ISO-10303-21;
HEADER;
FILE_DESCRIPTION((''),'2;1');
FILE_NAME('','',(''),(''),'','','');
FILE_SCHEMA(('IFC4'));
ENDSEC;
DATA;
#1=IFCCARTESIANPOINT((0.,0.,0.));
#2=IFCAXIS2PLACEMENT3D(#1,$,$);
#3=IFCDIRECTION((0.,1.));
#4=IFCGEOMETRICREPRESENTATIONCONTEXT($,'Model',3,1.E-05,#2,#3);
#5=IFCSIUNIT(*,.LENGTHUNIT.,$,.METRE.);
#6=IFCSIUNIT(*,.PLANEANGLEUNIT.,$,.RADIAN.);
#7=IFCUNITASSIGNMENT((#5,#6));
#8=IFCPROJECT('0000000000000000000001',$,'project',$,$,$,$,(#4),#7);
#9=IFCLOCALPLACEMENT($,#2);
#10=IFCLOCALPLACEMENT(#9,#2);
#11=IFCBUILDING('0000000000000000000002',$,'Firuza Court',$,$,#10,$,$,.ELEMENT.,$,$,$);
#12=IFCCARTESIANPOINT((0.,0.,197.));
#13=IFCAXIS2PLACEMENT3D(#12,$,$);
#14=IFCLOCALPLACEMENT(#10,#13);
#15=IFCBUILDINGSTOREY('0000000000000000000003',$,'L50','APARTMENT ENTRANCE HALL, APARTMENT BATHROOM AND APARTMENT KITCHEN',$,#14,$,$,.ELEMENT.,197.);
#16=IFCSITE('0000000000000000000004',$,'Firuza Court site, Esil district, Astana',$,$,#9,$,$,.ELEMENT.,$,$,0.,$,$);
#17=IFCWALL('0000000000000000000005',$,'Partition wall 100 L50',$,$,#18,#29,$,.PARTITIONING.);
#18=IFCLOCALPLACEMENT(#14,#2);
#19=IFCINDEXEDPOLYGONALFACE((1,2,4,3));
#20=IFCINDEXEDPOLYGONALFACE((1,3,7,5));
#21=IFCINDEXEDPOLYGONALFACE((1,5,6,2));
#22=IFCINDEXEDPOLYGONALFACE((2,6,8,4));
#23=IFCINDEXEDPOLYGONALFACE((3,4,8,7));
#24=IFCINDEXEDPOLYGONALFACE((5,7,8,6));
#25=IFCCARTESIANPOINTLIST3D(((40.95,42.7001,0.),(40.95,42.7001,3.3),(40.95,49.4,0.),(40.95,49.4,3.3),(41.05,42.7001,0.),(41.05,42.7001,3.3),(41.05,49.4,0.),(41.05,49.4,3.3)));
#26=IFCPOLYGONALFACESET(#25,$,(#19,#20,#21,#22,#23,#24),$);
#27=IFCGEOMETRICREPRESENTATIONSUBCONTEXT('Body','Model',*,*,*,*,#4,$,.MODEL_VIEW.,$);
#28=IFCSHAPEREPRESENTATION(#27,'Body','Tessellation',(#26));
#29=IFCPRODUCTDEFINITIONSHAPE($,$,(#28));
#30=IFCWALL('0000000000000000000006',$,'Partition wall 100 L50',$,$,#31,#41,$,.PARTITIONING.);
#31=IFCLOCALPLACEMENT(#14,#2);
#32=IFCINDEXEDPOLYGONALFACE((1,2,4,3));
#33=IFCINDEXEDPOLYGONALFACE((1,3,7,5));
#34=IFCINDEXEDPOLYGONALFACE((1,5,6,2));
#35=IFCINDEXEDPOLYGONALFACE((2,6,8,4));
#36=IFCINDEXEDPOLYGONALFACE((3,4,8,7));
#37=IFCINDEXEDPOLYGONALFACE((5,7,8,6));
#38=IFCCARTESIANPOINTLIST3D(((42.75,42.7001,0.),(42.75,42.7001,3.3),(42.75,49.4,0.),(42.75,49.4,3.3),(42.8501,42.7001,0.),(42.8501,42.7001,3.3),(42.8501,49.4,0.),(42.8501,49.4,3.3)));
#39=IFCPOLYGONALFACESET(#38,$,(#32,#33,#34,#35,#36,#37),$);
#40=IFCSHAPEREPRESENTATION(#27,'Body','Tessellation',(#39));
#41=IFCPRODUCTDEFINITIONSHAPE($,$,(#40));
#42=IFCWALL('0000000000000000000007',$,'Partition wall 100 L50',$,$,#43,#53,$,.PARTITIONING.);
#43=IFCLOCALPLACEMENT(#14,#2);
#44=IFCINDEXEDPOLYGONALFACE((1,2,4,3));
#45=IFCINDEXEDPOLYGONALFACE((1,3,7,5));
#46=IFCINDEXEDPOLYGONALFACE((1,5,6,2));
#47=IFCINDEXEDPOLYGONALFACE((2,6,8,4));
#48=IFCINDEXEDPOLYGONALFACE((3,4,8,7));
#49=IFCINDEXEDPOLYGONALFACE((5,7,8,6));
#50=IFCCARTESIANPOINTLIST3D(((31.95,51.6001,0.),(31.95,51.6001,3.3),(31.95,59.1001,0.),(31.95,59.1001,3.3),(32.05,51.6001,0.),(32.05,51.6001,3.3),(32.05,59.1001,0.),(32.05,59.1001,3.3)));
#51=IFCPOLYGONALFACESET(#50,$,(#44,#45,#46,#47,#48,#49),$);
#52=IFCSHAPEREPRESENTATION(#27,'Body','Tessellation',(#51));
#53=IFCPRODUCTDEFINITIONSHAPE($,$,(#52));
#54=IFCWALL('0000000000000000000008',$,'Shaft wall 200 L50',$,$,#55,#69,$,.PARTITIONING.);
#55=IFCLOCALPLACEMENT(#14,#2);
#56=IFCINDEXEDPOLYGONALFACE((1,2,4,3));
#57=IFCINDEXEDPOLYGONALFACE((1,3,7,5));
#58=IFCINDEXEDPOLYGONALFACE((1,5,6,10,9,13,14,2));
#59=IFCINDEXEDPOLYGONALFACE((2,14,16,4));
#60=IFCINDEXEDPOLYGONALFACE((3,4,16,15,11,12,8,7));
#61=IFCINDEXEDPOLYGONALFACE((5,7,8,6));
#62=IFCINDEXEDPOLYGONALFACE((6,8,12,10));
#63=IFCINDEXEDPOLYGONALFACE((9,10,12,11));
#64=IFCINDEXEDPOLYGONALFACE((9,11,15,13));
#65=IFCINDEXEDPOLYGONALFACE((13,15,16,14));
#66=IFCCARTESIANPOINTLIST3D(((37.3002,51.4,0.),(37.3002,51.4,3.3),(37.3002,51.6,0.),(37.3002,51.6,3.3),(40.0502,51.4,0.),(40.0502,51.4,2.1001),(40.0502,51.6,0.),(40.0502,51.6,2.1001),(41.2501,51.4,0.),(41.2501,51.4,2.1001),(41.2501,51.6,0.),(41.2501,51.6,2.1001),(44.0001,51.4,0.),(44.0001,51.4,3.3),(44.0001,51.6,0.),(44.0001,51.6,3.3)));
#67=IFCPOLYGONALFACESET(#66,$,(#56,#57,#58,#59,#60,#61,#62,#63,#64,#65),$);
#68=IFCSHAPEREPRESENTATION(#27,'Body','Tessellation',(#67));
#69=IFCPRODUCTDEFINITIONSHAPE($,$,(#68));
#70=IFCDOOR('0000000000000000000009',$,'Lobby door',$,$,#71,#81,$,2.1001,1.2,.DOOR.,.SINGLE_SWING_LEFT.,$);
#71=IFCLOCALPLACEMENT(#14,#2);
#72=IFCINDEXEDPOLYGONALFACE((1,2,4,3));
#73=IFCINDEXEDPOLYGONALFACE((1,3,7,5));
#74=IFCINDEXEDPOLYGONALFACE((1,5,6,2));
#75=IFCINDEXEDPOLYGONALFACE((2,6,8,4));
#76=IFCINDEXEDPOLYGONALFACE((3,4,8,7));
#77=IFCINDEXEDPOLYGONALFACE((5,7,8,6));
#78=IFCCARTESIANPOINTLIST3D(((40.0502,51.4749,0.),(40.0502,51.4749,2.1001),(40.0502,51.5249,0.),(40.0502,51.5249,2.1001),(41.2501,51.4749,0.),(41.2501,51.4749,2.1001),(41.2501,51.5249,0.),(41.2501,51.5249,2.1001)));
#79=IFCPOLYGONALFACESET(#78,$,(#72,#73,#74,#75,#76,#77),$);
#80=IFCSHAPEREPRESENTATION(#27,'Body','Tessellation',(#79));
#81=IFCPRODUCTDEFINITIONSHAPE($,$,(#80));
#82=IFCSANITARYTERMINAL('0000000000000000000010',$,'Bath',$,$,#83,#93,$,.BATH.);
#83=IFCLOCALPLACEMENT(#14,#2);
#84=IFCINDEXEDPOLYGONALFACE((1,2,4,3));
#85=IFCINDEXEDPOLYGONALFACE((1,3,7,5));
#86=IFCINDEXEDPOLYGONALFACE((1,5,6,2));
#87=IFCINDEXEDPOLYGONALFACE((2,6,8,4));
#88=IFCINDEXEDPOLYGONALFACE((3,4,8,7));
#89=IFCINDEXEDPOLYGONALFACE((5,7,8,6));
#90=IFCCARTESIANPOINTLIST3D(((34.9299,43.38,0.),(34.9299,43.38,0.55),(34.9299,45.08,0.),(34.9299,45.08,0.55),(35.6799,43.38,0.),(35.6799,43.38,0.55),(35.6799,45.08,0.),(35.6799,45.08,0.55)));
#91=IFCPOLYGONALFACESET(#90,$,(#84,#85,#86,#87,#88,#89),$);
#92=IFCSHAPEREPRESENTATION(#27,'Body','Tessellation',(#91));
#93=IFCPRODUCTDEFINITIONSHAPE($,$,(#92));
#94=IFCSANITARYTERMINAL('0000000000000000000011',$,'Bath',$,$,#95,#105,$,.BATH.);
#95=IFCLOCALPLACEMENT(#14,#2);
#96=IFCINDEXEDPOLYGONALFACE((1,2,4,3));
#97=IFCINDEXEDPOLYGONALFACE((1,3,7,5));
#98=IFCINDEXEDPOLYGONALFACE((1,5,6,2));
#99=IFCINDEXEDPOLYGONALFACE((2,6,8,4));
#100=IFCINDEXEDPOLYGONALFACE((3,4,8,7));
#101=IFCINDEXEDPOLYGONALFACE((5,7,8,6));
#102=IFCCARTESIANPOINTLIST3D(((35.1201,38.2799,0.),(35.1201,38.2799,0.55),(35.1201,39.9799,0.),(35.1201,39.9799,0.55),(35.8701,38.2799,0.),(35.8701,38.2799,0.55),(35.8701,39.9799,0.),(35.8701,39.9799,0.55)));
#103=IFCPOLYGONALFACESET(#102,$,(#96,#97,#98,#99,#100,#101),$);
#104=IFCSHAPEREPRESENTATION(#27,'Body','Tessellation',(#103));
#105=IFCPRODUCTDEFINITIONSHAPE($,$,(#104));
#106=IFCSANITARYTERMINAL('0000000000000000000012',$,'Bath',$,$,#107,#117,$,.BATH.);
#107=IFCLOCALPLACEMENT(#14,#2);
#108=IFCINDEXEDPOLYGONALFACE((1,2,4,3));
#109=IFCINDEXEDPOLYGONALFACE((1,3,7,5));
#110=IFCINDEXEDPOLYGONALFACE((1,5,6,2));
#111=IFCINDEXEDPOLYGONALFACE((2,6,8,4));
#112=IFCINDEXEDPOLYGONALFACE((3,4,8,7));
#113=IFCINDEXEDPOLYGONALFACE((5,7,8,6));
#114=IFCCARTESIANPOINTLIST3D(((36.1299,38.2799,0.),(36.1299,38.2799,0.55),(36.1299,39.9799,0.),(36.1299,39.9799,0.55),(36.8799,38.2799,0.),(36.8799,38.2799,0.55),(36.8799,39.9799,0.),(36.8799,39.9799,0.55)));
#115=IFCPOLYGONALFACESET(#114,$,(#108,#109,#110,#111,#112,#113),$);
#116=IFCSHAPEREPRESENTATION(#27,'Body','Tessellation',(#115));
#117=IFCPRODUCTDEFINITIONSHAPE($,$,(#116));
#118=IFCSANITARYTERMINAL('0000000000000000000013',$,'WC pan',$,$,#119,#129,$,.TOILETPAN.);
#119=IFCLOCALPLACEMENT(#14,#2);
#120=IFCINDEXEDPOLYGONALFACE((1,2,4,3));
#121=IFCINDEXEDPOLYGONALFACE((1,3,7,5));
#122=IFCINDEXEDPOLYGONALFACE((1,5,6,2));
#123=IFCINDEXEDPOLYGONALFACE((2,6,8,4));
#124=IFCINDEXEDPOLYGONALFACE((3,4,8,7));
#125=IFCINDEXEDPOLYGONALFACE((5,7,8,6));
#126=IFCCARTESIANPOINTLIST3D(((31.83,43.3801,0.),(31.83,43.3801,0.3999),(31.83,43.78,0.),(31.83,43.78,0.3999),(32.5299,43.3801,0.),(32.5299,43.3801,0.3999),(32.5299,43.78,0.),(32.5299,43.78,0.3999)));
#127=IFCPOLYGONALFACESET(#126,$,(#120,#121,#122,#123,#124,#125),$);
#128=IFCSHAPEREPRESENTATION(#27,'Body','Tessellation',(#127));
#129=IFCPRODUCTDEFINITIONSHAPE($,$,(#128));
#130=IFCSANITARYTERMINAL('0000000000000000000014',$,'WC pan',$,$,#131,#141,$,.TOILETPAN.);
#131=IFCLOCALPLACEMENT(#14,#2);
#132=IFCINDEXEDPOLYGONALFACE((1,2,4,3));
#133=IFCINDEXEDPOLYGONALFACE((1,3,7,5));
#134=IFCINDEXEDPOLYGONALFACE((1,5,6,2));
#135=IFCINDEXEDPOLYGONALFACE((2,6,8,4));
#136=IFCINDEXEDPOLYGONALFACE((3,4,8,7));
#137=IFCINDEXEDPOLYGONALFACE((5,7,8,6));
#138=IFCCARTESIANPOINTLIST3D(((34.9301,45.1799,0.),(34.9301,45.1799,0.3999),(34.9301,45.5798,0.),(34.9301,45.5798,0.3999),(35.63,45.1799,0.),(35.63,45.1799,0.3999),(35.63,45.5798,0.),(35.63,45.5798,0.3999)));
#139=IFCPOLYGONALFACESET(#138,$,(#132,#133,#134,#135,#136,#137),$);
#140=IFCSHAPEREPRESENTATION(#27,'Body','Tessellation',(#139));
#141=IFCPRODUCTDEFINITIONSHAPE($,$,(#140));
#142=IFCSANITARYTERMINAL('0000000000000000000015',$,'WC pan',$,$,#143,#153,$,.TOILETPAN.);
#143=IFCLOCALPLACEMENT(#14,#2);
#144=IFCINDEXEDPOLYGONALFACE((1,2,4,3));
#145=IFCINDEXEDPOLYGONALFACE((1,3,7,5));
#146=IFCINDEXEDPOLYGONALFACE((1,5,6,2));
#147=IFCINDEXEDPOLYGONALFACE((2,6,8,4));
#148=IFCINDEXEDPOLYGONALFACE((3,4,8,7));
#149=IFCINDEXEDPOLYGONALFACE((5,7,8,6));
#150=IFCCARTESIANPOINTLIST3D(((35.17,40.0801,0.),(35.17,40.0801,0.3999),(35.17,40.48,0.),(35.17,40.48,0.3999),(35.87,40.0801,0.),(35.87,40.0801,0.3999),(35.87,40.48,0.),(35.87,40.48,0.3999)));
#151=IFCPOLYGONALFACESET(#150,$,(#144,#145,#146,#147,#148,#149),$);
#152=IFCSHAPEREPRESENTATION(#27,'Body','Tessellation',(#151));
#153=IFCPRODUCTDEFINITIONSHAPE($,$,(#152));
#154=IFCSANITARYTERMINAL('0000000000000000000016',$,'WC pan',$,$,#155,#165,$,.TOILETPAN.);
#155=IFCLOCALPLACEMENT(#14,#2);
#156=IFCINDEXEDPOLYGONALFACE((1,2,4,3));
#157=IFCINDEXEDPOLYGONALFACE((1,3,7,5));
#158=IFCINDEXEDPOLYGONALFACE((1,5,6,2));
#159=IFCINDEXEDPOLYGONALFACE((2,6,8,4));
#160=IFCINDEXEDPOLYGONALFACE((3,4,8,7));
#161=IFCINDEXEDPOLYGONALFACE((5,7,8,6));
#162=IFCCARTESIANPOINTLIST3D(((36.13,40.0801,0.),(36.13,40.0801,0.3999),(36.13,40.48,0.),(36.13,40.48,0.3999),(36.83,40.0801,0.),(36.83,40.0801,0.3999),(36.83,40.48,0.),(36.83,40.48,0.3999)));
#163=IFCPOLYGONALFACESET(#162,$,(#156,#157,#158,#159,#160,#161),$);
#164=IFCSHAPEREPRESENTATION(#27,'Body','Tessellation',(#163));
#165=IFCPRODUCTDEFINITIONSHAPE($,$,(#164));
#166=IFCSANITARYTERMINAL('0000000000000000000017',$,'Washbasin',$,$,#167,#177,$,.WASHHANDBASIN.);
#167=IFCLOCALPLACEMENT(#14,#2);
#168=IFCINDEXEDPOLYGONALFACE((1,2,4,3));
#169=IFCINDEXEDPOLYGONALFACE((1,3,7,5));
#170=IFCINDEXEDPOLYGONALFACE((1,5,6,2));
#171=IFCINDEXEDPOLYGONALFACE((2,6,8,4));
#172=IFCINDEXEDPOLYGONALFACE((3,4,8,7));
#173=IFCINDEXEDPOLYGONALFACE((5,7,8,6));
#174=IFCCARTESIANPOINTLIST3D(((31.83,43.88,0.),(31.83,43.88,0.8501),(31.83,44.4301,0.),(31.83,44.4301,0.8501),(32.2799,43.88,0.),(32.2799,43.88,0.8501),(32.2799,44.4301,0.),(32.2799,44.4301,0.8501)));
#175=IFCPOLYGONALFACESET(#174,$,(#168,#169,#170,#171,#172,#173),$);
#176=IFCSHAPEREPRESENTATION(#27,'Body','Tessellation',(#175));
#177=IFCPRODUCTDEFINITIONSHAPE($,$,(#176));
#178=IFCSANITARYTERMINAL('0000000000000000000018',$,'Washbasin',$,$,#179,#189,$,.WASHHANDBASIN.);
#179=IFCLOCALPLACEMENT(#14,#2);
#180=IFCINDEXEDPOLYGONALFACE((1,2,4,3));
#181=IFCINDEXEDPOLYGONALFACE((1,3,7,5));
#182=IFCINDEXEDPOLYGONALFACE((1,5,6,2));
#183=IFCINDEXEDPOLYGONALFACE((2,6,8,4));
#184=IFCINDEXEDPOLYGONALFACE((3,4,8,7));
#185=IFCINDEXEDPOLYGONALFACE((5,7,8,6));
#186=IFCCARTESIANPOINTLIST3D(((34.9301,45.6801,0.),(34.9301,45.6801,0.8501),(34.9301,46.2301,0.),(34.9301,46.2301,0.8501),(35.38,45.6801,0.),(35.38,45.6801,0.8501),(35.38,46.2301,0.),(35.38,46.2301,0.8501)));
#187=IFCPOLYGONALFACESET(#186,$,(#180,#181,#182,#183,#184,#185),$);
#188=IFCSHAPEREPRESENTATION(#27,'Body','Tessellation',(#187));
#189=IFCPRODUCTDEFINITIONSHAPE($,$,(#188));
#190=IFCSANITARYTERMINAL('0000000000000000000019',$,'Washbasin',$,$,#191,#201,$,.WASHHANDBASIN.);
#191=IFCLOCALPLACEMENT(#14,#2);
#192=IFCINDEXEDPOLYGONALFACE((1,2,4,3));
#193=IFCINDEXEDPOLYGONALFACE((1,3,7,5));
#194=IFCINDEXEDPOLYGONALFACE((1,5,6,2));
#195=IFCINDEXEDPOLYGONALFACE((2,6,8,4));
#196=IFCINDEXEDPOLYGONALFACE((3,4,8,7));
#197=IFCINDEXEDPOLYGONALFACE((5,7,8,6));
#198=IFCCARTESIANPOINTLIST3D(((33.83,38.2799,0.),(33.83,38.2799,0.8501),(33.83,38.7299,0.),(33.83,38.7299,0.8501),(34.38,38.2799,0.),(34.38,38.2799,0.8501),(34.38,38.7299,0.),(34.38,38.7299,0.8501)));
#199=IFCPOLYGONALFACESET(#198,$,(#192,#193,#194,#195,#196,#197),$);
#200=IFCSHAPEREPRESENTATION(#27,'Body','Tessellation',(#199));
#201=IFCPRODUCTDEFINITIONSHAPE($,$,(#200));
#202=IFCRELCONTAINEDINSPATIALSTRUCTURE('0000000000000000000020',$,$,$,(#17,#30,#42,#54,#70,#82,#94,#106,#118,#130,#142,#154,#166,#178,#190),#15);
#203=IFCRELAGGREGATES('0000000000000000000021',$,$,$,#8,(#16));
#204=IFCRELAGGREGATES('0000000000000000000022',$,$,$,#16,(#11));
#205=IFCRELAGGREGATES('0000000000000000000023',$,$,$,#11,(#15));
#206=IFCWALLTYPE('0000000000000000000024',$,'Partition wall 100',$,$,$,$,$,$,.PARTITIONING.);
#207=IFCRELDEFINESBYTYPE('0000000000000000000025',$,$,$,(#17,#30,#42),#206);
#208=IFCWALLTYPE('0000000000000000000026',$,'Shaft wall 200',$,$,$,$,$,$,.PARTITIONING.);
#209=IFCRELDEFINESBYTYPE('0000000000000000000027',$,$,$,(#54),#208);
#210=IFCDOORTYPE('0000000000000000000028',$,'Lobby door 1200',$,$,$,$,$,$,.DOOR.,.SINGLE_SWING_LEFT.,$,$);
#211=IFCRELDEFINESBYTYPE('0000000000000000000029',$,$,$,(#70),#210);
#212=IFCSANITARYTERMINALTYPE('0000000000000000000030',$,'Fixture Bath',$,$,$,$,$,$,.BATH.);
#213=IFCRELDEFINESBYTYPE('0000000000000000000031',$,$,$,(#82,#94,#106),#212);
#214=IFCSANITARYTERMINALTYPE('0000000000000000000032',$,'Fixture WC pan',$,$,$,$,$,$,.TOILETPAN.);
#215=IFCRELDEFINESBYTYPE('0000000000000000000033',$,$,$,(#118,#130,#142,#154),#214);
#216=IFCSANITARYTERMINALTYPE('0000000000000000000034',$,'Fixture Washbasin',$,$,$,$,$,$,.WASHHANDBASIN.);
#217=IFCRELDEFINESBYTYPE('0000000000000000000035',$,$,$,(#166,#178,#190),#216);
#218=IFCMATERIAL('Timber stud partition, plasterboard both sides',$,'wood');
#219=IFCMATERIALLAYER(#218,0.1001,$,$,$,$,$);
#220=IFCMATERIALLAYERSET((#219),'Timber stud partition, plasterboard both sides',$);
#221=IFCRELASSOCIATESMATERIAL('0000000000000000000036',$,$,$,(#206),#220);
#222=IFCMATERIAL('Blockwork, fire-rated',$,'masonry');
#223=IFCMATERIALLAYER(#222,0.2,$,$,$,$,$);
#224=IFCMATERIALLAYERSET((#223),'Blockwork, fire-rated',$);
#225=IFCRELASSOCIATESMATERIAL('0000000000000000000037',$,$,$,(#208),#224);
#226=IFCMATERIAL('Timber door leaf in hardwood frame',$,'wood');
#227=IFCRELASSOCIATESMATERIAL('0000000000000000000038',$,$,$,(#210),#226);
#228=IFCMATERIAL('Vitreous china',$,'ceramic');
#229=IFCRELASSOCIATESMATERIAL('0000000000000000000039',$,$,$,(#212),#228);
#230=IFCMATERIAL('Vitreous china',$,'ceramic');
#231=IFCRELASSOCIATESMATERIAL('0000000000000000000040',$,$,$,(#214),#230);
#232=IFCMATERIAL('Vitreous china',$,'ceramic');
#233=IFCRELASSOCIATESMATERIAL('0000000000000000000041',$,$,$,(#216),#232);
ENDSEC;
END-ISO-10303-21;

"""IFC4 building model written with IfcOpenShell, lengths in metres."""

from ifc_helpers import new_model, si_unit, direction, frame, frame_2d, origin, origin_2d, place, context, subcontext, project, spatial, rectangle, extrude, material, layer, layer_set, type_object, element, fill, save


model = new_model("IFC4")

# Units and contexts
model_context = context("Model", 3, precision=1e-05, world=origin(), true_north=direction((0.0, 1.0)))
body_context = subcontext(model_context, "Body", "Model", "MODEL_VIEW")
ifc_project = project(units=[si_unit("LENGTHUNIT", "METRE"), si_unit("PLANEANGLEUNIT", "RADIAN")], contexts=[model_context])

# Site, building, storey
site_placement = place(None, origin())
site = spatial("IfcSite", under=ifc_project, at=site_placement, Name="Firuza Court site, Esil district, Astana", CompositionType="ELEMENT", RefElevation=0.0)
building_placement = place(site_placement, origin())
building = spatial("IfcBuilding", under=site, at=building_placement, Name="Firuza Court", CompositionType="ELEMENT")
storey_placement = place(building_placement, frame((0.0, 0.0, 197.0)))
storey = spatial("IfcBuildingStorey", under=building, at=storey_placement, Name="L50", Description="APARTMENT ENTRANCE HALL, APARTMENT BATHROOM AND APARTMENT KITCHEN", CompositionType="ELEMENT", Elevation=197.0)

# Walls
ifc_material_1 = material(Name="Timber stud partition, plasterboard both sides", Category="wood")
ifc_layer_1 = layer(ifc_material_1, 0.1001)
ifc_layer_set_1 = layer_set([ifc_layer_1], Name="Timber stud partition, plasterboard both sides")
wall_type_1 = type_object("IfcWallType", Name="Partition wall 100", PredefinedType="PARTITIONING", material=ifc_layer_set_1)
for number, where, z_axis, x_axis, name in (
    (1, (41.0, 42.7, 0.0), (0.0, 0.0, 1.0), (0.0, 1.0, 0.0), "Partition wall 100 L50"),
    (2, (42.8, 42.7, 0.0), (0.0, 0.0, 1.0), (0.0, 1.0, 0.0), "Partition wall 100 L50"),
):
    element("IfcWall", number, at=place(storey_placement, frame(where, z_axis=z_axis, x_axis=x_axis)), inside=storey, type_object=wall_type_1, Name=name, PredefinedType="PARTITIONING", context=body_context, shape_type="SweptSolid", body=[
        extrude(rectangle(XDim=6.7, YDim=0.1001, at=frame_2d((3.3501, 0.0))), origin(), (0.0, 0.0, 1.0), 3.3),
    ])
wall_1_placement = place(storey_placement, frame((32.0, 51.6001, 0.0), z_axis=(0.0, 0.0, 1.0), x_axis=(0.0, 1.0, 0.0)))
element("IfcWall", 3, at=wall_1_placement, inside=storey, type_object=wall_type_1, Name="Partition wall 100 L50", PredefinedType="PARTITIONING", context=body_context, shape_type="SweptSolid", body=[
    extrude(rectangle(XDim=7.5, YDim=0.1001, at=frame_2d((3.75, 0.0))), origin(), (0.0, 0.0, 1.0), 3.3),
])

# Wall, opening, door
ifc_material_2 = material(Name="Blockwork, fire-rated", Category="masonry")
ifc_layer_2 = layer(ifc_material_2, 0.2)
ifc_layer_set_2 = layer_set([ifc_layer_2], Name="Blockwork, fire-rated")
wall_type_2 = type_object("IfcWallType", Name="Shaft wall 200", PredefinedType="PARTITIONING", material=ifc_layer_set_2)
wall_2_placement = place(storey_placement, frame((37.3, 51.5, 0.0), z_axis=(0.0, 0.0, 1.0), x_axis=(1.0, 0.0, 0.0)))
wall_2 = element("IfcWall", 4, at=wall_2_placement, inside=storey, type_object=wall_type_2, Name="Shaft wall 200 L50", PredefinedType="PARTITIONING", context=body_context, shape_type="SweptSolid", body=[
    extrude(rectangle(XDim=6.7, YDim=0.2, at=frame_2d((3.3501, 0.0))), origin(), (0.0, 0.0, 1.0), 3.3),
])
opening_1_placement = place(wall_2_placement, frame((2.75, 0.0, 0.0)))
opening_1 = element("IfcOpeningElement", 5, at=opening_1_placement, cuts=wall_2, PredefinedType="OPENING", context=body_context, shape_type="SweptSolid", body=[
    extrude(rectangle(XDim=1.2, YDim=2.1001, at=frame_2d((0.6001, 1.05))), frame((0.0, 0.1118, 0.0), z_axis=(0.0, -1.0, 0.0), x_axis=(1.0, 0.0, 0.0)), (0.0, 0.0, 1.0), 0.2239),
])
ifc_material_3 = material(Name="Timber door leaf in hardwood frame", Category="wood")
door_type_1 = type_object("IfcDoorType", Name="Lobby door 1200", OperationType="SINGLE_SWING_LEFT", PredefinedType="DOOR", material=ifc_material_3)
door_1_placement = place(opening_1_placement, origin())
door_1 = element("IfcDoor", 6, at=door_1_placement, inside=storey, type_object=door_type_1, Name="Lobby door", OperationType="SINGLE_SWING_LEFT", OverallHeight=2.1001, OverallWidth=1.2, PredefinedType="DOOR", context=body_context, shape_type="SweptSolid", body=[
    extrude(rectangle(XDim=1.2, YDim=2.1001, at=frame_2d((0.6001, 1.05))), frame((0.0, 0.0249, 0.0), z_axis=(0.0, -1.0, 0.0), x_axis=(1.0, 0.0, 0.0)), (0.0, 0.0, 1.0), 0.05),
])
fill(opening_1, door_1)

# Sanitary terminals
ifc_material_4 = material(Name="Vitreous china", Category="ceramic")
sanitary_terminal_type_1 = type_object("IfcSanitaryTerminalType", Name="Fixture Bath", PredefinedType="BATH", material=ifc_material_4)
for number, where, z_axis, x_axis, name in (
    (7, (35.3049, 44.23, 0.0), (0.0, 0.0, 1.0), (1.0, 0.0, 0.0), "Bath"),
    (8, (35.4951, 39.1299, 0.0), (0.0, 0.0, 1.0), (1.0, 0.0, 0.0), "Bath"),
    (9, (36.5049, 39.1299, 0.0), (0.0, 0.0, 1.0), (1.0, 0.0, 0.0), "Bath"),
):
    element("IfcSanitaryTerminal", number, at=place(storey_placement, frame(where, z_axis=z_axis, x_axis=x_axis)), inside=storey, type_object=sanitary_terminal_type_1, Name=name, PredefinedType="BATH", context=body_context, shape_type="SweptSolid", body=[
        extrude(rectangle(XDim=0.75, YDim=1.7, at=origin_2d()), origin(), (0.0, 0.0, 1.0), 0.55),
    ])
ifc_material_5 = material(Name="Vitreous china", Category="ceramic")
sanitary_terminal_type_2 = type_object("IfcSanitaryTerminalType", Name="Fixture WC pan", PredefinedType="TOILETPAN", material=ifc_material_5)
for number, where, z_axis, x_axis, name in (
    (10, (32.1799, 43.5801, 0.0), (0.0, 0.0, 1.0), (1.0, 0.0, 0.0), "WC pan"),
    (11, (35.28, 45.3799, 0.0), (0.0, 0.0, 1.0), (1.0, 0.0, 0.0), "WC pan"),
    (12, (35.52, 40.28, 0.0), (0.0, 0.0, 1.0), (1.0, 0.0, 0.0), "WC pan"),
    (13, (36.48, 40.28, 0.0), (0.0, 0.0, 1.0), (1.0, 0.0, 0.0), "WC pan"),
):
    element("IfcSanitaryTerminal", number, at=place(storey_placement, frame(where, z_axis=z_axis, x_axis=x_axis)), inside=storey, type_object=sanitary_terminal_type_2, Name=name, PredefinedType="TOILETPAN", context=body_context, shape_type="SweptSolid", body=[
        extrude(rectangle(XDim=0.7, YDim=0.3999, at=origin_2d()), origin(), (0.0, 0.0, 1.0), 0.3999),
    ])
ifc_material_6 = material(Name="Vitreous china", Category="ceramic")
sanitary_terminal_type_3 = type_object("IfcSanitaryTerminalType", Name="Fixture Washbasin", PredefinedType="WASHHANDBASIN", material=ifc_material_6)
for number, where, z_axis, x_axis, name in (
    (14, (32.0549, 44.155, 0.0), (0.0, 0.0, 1.0), (1.0, 0.0, 0.0), "Washbasin"),
    (15, (35.155, 45.9551, 0.0), (0.0, 0.0, 1.0), (1.0, 0.0, 0.0), "Washbasin"),
):
    element("IfcSanitaryTerminal", number, at=place(storey_placement, frame(where, z_axis=z_axis, x_axis=x_axis)), inside=storey, type_object=sanitary_terminal_type_3, Name=name, PredefinedType="WASHHANDBASIN", context=body_context, shape_type="SweptSolid", body=[
        extrude(rectangle(XDim=0.45, YDim=0.55, at=origin_2d()), origin(), (0.0, 0.0, 1.0), 0.8501),
    ])
for number, where, z_axis, x_axis, name in (
    (16, (34.105, 38.5049, 0.0), (0.0, 0.0, 1.0), (1.0, 0.0, 0.0), "Washbasin"),
):
    element("IfcSanitaryTerminal", number, at=place(storey_placement, frame(where, z_axis=z_axis, x_axis=x_axis)), inside=storey, type_object=sanitary_terminal_type_3, Name=name, PredefinedType="WASHHANDBASIN", context=body_context, shape_type="SweptSolid", body=[
        extrude(rectangle(XDim=0.55, YDim=0.45, at=origin_2d()), origin(), (0.0, 0.0, 1.0), 0.8501),
    ])

save(model, "model.ifc")
